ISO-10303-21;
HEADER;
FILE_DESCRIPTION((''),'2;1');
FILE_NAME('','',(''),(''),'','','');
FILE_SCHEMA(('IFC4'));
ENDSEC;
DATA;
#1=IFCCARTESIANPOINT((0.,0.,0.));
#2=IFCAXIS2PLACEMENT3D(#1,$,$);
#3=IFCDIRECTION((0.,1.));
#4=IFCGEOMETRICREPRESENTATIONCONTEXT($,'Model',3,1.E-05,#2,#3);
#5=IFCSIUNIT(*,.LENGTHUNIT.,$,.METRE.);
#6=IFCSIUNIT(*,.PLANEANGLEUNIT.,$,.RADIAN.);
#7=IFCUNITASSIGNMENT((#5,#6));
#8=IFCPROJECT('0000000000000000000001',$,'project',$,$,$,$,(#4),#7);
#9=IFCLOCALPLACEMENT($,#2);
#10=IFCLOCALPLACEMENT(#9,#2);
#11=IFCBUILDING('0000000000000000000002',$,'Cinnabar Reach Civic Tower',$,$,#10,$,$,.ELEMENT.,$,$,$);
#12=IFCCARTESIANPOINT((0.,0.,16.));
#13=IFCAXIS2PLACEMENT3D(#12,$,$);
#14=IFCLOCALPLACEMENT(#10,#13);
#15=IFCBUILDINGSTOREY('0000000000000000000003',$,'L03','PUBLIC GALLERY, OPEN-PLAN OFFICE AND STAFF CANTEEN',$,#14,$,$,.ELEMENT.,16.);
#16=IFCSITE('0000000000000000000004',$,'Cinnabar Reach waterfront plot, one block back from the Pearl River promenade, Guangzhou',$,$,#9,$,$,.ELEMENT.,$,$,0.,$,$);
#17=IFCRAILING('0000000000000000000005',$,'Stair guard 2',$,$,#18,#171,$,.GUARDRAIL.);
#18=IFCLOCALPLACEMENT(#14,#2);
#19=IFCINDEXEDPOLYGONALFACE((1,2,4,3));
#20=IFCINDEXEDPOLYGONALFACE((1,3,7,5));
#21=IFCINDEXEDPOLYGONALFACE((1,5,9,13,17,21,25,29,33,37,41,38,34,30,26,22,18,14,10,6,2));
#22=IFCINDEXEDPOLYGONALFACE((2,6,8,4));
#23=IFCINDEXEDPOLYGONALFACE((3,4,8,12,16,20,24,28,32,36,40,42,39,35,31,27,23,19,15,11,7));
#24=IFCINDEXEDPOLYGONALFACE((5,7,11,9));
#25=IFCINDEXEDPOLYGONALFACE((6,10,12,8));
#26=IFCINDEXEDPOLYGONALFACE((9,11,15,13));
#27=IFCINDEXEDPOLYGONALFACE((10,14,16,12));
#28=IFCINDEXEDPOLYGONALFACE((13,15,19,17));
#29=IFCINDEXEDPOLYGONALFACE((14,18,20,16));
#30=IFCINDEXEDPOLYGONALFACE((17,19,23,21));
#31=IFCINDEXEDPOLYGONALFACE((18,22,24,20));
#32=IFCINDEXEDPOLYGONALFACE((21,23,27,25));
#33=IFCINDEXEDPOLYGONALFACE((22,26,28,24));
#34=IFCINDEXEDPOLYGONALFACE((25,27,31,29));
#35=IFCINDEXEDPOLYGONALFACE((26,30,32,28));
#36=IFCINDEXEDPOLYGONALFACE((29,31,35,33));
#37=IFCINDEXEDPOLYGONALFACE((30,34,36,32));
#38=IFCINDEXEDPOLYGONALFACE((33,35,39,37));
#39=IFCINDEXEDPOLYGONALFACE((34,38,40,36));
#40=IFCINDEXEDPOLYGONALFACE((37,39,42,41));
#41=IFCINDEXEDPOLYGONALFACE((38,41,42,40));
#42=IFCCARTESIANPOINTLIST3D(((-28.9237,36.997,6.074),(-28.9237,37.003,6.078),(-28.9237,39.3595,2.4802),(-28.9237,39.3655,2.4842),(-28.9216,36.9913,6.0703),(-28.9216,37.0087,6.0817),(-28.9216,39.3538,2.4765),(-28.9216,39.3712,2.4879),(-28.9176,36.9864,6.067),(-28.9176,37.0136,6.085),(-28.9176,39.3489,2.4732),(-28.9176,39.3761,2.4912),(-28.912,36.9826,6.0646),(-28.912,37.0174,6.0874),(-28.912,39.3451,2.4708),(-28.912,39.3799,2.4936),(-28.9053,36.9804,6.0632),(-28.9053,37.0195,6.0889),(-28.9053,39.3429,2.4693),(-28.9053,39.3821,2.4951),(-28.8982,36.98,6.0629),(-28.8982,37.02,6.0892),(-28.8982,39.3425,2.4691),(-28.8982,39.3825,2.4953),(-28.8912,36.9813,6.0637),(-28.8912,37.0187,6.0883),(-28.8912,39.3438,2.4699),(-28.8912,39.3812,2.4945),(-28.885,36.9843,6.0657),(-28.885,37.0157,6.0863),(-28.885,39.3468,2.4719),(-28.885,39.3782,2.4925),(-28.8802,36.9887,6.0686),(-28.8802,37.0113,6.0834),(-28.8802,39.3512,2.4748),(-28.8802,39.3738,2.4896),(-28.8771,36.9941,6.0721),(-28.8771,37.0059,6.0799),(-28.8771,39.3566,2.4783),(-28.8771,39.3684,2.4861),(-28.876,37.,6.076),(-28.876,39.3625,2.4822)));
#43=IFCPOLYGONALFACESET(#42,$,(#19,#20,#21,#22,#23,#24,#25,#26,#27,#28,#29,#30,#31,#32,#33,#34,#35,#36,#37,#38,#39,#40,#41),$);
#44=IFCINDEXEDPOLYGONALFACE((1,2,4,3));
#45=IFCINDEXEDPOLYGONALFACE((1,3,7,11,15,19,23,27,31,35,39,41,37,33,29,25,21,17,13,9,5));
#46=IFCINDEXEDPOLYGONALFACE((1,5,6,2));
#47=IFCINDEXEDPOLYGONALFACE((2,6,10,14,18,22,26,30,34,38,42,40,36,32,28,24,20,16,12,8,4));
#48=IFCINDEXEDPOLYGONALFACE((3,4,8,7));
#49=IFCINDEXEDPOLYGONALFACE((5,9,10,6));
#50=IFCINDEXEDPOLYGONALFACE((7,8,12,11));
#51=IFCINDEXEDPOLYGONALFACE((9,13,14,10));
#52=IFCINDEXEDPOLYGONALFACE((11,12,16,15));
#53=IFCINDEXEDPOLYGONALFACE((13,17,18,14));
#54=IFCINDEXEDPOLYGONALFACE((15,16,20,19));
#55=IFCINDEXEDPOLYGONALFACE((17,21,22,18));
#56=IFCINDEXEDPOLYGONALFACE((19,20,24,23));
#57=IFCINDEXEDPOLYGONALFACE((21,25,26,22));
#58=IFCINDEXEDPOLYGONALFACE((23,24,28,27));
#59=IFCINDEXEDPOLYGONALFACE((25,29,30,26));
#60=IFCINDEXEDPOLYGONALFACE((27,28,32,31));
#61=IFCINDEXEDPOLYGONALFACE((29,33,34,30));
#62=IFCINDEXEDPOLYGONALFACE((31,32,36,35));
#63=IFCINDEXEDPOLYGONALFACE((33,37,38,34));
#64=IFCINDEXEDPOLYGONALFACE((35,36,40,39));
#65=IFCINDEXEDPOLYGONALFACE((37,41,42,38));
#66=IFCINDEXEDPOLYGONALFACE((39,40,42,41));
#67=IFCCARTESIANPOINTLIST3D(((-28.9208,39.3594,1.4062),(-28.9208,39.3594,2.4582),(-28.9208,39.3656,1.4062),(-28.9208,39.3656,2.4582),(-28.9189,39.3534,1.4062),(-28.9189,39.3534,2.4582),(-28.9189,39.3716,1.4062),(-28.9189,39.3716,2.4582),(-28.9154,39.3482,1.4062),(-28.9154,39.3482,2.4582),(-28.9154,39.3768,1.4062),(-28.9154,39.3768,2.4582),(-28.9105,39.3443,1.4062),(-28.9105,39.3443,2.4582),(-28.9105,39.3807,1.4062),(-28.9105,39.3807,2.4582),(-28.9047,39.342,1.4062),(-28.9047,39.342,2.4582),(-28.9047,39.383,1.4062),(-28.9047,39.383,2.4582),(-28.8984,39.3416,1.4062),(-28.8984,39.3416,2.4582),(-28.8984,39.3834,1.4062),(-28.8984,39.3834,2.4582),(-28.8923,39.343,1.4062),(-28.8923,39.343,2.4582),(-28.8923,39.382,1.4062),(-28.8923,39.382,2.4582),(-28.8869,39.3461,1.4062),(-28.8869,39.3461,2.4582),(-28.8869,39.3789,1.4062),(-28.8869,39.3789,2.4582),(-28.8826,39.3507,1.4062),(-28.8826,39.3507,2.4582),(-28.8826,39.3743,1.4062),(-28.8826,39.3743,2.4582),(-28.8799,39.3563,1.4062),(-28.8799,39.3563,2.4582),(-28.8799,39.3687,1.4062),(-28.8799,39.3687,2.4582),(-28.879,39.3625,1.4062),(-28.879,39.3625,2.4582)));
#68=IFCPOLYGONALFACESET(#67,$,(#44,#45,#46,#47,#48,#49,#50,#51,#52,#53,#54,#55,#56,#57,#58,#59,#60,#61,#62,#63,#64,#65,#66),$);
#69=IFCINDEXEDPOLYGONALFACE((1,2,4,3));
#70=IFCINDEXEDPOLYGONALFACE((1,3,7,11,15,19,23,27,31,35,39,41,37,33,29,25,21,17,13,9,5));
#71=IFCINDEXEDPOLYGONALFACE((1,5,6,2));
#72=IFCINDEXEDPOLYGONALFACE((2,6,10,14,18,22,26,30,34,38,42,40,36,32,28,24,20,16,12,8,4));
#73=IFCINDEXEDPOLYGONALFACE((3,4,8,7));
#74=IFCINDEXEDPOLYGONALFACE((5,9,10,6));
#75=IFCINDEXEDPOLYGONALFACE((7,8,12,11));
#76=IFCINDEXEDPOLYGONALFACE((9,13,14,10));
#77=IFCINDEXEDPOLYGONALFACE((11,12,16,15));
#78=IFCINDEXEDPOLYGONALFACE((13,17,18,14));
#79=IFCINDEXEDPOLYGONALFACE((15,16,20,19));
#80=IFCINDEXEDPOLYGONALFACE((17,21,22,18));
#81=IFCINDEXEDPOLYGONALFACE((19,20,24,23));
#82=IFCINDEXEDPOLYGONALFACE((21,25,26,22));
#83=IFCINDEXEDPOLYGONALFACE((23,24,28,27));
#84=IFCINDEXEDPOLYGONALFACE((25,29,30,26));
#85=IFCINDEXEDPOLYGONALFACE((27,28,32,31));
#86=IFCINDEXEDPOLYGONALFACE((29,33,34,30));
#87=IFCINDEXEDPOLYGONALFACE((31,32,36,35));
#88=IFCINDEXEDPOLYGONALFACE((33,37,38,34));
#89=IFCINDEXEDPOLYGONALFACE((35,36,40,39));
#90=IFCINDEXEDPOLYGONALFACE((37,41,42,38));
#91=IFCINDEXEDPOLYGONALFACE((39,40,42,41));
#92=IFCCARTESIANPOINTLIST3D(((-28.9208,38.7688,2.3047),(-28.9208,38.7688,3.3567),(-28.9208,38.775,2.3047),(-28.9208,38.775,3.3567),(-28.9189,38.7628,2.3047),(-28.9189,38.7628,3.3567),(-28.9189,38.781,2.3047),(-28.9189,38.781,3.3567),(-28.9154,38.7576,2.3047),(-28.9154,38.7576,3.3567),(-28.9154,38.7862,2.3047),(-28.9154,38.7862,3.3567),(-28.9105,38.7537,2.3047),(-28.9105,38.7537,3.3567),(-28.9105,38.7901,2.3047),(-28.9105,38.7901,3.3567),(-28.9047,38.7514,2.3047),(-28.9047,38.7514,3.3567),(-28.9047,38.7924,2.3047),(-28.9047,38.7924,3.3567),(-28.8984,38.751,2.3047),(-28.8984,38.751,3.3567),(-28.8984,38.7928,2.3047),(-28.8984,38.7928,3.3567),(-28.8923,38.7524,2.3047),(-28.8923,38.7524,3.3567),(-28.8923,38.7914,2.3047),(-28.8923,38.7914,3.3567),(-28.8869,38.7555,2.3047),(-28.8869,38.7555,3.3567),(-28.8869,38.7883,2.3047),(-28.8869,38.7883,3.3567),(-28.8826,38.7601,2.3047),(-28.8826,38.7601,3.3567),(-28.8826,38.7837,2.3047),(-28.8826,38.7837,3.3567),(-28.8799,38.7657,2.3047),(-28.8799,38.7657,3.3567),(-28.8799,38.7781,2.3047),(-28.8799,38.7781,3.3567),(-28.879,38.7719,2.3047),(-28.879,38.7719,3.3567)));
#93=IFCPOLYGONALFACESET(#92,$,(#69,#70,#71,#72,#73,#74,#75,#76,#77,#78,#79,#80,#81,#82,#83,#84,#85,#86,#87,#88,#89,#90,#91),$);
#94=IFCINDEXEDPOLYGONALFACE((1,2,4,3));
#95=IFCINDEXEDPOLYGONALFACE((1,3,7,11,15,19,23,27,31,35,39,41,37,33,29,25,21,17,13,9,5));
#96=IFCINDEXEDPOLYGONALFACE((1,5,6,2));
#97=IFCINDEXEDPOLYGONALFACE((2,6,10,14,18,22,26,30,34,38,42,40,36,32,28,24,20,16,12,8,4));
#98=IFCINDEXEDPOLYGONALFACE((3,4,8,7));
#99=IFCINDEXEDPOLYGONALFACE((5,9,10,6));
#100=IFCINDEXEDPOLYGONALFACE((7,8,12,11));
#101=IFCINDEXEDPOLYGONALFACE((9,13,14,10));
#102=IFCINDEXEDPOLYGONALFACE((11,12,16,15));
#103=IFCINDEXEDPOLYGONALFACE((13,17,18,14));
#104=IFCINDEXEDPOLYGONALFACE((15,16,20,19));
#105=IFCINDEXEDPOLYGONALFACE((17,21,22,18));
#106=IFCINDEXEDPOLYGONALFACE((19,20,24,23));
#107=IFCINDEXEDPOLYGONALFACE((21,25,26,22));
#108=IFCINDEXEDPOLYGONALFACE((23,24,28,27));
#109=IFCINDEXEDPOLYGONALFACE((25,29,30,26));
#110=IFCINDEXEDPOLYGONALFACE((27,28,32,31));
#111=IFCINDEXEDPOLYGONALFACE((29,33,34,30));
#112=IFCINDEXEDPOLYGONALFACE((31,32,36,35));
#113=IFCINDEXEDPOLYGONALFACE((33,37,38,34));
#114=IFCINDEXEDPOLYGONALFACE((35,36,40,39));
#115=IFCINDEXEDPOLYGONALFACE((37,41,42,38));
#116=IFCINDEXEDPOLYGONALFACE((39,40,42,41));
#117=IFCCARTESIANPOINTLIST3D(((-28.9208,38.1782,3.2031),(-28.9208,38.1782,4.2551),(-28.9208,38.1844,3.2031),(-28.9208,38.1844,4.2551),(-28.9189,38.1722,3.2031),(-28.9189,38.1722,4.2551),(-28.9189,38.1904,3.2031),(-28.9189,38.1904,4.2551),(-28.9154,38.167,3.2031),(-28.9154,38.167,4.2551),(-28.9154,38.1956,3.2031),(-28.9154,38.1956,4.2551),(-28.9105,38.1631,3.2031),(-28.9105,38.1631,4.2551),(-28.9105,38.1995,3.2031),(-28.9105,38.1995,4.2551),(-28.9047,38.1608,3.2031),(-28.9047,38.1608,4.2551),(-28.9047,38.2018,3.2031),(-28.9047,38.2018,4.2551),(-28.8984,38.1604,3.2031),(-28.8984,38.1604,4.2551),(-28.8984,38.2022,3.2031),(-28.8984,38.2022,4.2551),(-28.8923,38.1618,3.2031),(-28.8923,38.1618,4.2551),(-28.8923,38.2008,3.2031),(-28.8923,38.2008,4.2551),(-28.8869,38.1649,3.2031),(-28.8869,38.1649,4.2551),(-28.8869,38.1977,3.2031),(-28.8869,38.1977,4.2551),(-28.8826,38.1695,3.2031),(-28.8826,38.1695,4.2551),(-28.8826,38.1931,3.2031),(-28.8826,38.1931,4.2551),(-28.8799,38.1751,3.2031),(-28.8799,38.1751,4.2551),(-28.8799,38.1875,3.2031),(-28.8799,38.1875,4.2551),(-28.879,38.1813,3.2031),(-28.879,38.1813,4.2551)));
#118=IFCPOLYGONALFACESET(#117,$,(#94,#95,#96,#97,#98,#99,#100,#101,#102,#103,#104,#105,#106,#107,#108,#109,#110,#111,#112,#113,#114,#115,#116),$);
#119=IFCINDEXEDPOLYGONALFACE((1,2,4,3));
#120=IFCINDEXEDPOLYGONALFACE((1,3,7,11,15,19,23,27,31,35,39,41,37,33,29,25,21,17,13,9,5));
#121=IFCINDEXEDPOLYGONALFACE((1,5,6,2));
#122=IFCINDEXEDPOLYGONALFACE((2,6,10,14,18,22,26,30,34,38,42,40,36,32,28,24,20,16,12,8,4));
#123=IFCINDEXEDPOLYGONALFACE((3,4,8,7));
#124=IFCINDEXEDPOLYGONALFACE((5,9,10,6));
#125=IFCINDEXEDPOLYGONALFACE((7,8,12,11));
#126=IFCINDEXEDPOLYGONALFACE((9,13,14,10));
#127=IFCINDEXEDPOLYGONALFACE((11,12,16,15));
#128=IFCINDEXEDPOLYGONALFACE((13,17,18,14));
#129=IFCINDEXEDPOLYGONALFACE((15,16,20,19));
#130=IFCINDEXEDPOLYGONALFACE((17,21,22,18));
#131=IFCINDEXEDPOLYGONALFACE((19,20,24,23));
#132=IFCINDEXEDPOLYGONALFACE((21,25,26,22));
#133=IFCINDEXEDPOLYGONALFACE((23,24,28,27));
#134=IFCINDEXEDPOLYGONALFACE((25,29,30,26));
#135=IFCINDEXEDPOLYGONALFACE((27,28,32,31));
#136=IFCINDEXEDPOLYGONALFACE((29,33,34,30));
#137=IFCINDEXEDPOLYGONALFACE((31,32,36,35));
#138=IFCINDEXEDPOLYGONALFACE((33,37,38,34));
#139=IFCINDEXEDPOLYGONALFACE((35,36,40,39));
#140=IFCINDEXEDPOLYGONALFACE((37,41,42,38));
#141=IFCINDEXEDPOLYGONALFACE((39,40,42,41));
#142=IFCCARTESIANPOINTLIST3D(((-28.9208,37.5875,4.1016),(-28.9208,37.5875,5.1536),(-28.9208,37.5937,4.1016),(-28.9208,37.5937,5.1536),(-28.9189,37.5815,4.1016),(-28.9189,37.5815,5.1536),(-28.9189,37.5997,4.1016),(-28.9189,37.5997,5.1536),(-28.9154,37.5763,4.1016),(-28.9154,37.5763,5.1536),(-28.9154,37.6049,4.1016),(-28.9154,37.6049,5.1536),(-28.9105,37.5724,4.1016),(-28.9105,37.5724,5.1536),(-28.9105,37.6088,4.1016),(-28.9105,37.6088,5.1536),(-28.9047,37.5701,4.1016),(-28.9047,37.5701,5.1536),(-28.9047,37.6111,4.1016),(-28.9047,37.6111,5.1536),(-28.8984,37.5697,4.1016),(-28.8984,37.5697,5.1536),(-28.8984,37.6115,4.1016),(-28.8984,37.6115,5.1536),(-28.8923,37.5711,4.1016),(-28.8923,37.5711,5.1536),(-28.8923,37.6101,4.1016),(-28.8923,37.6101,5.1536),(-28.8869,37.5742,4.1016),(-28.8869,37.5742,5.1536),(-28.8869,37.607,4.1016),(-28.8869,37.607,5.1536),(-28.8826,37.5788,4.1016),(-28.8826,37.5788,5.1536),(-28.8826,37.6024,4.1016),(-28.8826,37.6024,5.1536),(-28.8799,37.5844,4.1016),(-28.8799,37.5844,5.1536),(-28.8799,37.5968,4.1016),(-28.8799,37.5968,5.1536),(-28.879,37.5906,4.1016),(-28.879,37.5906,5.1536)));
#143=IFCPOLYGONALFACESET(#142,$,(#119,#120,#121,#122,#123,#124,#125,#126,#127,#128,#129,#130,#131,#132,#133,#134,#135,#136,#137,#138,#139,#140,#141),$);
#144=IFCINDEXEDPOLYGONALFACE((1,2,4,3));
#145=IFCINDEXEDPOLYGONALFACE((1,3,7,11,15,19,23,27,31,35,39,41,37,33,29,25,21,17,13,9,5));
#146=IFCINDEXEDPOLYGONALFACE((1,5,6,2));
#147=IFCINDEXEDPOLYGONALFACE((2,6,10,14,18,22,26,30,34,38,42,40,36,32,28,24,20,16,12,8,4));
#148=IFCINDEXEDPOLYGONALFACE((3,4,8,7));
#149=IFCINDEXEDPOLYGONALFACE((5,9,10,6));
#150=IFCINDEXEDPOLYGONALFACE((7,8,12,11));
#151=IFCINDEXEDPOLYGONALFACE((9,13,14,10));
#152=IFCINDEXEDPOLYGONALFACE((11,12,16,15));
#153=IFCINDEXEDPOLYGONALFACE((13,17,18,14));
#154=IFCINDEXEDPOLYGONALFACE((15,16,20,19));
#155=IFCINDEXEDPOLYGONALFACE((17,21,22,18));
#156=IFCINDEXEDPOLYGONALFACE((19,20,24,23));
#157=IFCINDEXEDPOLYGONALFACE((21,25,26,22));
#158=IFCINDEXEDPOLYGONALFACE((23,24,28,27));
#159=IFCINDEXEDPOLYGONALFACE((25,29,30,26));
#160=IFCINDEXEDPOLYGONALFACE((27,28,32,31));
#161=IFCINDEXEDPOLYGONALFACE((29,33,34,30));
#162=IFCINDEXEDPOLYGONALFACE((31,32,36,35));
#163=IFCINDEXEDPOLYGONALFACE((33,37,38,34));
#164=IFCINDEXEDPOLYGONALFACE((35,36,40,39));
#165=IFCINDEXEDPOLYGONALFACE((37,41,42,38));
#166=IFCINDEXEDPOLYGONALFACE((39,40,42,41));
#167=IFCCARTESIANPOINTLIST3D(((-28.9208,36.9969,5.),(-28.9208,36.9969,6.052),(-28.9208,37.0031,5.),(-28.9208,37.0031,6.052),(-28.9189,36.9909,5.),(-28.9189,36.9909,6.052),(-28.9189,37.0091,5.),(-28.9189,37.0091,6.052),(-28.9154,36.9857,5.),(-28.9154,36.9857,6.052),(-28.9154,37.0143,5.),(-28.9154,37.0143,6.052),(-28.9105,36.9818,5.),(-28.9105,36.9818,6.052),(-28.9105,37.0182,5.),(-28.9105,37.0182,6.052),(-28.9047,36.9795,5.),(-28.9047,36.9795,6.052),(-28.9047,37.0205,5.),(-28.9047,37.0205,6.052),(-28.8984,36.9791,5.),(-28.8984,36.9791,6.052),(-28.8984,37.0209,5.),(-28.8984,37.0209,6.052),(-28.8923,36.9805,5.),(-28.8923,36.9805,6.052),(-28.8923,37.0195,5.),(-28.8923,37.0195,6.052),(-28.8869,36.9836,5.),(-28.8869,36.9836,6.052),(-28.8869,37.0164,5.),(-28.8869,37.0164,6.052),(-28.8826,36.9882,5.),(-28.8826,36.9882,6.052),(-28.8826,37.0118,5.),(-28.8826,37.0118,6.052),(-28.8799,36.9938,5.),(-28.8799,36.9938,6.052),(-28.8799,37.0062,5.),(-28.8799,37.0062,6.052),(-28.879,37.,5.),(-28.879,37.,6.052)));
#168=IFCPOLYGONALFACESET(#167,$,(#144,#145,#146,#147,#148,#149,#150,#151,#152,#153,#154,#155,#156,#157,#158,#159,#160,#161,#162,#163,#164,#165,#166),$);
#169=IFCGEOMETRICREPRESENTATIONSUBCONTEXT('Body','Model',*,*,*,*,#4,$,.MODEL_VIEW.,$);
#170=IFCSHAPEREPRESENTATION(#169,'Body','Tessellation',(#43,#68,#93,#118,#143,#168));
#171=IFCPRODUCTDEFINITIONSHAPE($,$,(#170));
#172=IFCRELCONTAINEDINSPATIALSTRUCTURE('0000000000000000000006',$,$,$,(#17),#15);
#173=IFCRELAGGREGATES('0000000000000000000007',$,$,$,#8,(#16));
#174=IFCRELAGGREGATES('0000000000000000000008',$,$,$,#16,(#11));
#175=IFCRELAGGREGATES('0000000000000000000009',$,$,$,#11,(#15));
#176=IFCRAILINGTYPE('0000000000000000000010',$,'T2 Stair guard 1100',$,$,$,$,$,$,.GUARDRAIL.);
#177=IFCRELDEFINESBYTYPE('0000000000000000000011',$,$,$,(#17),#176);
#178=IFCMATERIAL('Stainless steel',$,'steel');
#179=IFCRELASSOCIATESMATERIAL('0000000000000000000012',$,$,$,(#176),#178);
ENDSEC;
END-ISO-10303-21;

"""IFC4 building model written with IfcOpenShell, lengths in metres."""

from ifc_helpers import new_model, si_unit, direction, frame, origin, origin_2d, place, context, subcontext, project, spatial, circle, extrude, material, type_object, element, save


model = new_model("IFC4")

# Units and contexts
model_context = context("Model", 3, precision=1e-05, world=origin(), true_north=direction((0.0, 1.0)))
body_context = subcontext(model_context, "Body", "Model", "MODEL_VIEW")
ifc_project = project(units=[si_unit("LENGTHUNIT", "METRE"), si_unit("PLANEANGLEUNIT", "RADIAN")], contexts=[model_context])

# Site, building, storey
site_placement = place(None, origin())
site = spatial("IfcSite", under=ifc_project, at=site_placement, Name="Cinnabar Reach waterfront plot, one block back from the Pearl River promenade, Guangzhou", CompositionType="ELEMENT", RefElevation=0.0)
building_placement = place(site_placement, origin())
building = spatial("IfcBuilding", under=site, at=building_placement, Name="Cinnabar Reach Civic Tower", CompositionType="ELEMENT")
storey_placement = place(building_placement, frame((0.0, 0.0, 16.0)))
storey = spatial("IfcBuildingStorey", under=building, at=storey_placement, Name="L03", Description="PUBLIC GALLERY, OPEN-PLAN OFFICE AND STAFF CANTEEN", CompositionType="ELEMENT", Elevation=16.0)

# Railing
ifc_material_1 = material(Name="Stainless steel", Category="steel")
railing_type = type_object("IfcRailingType", Name="T2 Stair guard 1100", PredefinedType="GUARDRAIL", material=ifc_material_1)
railing_1_placement = place(storey_placement, frame((-28.9, 39.3625, 1.4062)))
element("IfcRailing", 1, at=railing_1_placement, inside=storey, type_object=railing_type, Name="Stair guard 2", PredefinedType="GUARDRAIL", context=body_context, shape_type="SweptSolid", body=[
    extrude(circle(Radius=0.024, at=origin_2d()), frame((0.0, 0.0, 1.076), z_axis=(0.0, -0.549318, 0.835614), x_axis=(1.0, 0.0, 0.0)), (0.0, 0.0, 1.0), 4.3008),
    extrude(circle(Radius=0.021, at=origin_2d()), origin(), (0.0, 0.0, 1.0), 1.052),
    extrude(circle(Radius=0.021, at=origin_2d()), frame((0.0, -0.5906, 0.8985)), (0.0, 0.0, 1.0), 1.052),
    extrude(circle(Radius=0.021, at=origin_2d()), frame((0.0, -1.1812, 1.7969)), (0.0, 0.0, 1.0), 1.052),
    extrude(circle(Radius=0.021, at=origin_2d()), frame((0.0, -1.7719, 2.6954)), (0.0, 0.0, 1.0), 1.052),
    extrude(circle(Radius=0.021, at=origin_2d()), frame((0.0, -2.3625, 3.5938)), (0.0, 0.0, 1.0), 1.052),
])

save(model, "model.ifc")
